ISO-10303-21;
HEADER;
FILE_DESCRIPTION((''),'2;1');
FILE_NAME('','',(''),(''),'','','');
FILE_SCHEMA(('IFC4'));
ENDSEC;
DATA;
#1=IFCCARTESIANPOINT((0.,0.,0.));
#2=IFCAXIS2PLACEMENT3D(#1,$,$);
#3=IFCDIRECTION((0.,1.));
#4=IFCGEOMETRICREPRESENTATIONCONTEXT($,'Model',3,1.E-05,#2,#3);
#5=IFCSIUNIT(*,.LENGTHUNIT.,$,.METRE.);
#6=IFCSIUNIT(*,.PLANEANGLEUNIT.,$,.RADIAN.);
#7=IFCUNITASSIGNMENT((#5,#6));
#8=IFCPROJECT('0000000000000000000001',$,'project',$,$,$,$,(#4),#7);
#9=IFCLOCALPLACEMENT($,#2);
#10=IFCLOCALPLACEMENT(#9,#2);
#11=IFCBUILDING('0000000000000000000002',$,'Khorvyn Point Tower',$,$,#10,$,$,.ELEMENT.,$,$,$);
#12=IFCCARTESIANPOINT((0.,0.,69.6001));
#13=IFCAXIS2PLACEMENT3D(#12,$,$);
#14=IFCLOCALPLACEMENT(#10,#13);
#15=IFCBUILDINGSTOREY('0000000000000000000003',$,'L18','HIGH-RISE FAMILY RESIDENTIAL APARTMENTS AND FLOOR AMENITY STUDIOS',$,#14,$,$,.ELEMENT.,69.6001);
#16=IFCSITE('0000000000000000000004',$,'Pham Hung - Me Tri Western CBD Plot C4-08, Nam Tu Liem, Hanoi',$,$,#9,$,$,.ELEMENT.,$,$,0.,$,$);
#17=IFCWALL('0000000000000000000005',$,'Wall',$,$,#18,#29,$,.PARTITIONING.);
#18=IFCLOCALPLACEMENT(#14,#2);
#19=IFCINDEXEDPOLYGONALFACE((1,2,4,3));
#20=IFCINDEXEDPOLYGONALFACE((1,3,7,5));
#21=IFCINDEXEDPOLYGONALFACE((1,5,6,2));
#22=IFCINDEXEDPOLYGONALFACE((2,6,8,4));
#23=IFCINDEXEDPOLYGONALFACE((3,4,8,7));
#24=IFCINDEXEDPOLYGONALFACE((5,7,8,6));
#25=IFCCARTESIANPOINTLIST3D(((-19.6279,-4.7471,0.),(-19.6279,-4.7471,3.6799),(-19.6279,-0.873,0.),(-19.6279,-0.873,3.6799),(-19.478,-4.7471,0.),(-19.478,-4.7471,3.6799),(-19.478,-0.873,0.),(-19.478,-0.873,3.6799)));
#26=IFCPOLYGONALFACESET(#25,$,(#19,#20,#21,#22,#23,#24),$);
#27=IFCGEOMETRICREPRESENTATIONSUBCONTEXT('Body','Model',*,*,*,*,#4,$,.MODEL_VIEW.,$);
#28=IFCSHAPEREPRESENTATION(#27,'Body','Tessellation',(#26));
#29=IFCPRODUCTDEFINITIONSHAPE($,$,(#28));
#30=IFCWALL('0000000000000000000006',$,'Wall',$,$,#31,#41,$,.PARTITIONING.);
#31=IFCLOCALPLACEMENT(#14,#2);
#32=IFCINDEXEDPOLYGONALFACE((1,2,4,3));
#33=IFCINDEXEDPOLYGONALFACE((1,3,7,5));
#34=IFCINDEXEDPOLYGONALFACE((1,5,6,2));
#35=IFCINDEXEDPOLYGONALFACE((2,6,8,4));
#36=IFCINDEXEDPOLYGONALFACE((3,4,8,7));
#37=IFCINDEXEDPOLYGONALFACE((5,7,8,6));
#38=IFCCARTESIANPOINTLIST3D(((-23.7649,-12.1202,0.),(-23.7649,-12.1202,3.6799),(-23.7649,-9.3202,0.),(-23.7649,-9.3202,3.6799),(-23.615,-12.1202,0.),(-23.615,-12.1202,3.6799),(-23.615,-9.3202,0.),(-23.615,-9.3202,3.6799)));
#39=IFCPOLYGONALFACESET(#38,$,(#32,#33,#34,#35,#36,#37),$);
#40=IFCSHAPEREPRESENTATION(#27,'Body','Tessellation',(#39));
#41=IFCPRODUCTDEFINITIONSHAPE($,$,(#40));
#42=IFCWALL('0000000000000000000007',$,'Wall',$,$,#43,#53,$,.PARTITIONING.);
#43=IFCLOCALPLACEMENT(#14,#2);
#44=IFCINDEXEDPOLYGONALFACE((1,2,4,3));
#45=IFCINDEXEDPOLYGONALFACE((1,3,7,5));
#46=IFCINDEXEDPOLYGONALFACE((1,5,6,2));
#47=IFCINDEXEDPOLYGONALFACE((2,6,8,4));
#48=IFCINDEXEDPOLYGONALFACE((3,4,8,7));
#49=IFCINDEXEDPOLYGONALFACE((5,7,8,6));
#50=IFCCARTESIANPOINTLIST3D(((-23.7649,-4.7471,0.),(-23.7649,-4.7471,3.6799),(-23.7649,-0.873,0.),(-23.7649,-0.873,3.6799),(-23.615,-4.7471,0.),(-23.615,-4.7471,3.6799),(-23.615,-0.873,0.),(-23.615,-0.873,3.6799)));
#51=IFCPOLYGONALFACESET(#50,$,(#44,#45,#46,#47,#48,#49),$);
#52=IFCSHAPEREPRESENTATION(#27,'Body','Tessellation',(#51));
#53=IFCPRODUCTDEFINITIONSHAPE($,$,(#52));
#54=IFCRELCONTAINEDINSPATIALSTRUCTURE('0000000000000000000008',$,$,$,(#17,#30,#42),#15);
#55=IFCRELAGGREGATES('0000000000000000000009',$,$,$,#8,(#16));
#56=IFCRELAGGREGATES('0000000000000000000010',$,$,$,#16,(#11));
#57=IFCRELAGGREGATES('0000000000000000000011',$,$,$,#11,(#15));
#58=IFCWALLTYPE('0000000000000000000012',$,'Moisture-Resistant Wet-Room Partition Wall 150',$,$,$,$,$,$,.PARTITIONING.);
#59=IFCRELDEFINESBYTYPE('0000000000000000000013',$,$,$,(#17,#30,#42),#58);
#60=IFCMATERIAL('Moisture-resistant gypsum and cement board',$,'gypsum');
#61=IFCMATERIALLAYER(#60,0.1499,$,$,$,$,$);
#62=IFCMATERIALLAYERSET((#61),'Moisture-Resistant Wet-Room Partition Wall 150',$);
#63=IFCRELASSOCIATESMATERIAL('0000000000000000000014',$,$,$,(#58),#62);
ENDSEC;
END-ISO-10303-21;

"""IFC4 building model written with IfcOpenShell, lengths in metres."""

from ifc_helpers import new_model, si_unit, direction, frame, frame_2d, origin, place, context, subcontext, project, spatial, rectangle, extrude, material, layer, layer_set, type_object, element, save


model = new_model("IFC4")

# Units and contexts
model_context = context("Model", 3, precision=1e-05, world=origin(), true_north=direction((0.0, 1.0)))
body_context = subcontext(model_context, "Body", "Model", "MODEL_VIEW")
ifc_project = project(units=[si_unit("LENGTHUNIT", "METRE"), si_unit("PLANEANGLEUNIT", "RADIAN")], contexts=[model_context])

# Site, building, storey
site_placement = place(None, origin())
site = spatial("IfcSite", under=ifc_project, at=site_placement, Name="Pham Hung - Me Tri Western CBD Plot C4-08, Nam Tu Liem, Hanoi", CompositionType="ELEMENT", RefElevation=0.0)
building_placement = place(site_placement, origin())
building = spatial("IfcBuilding", under=site, at=building_placement, Name="Khorvyn Point Tower", CompositionType="ELEMENT")
storey_placement = place(building_placement, frame((0.0, 0.0, 69.6001)))
storey = spatial("IfcBuildingStorey", under=building, at=storey_placement, Name="L18", Description="HIGH-RISE FAMILY RESIDENTIAL APARTMENTS AND FLOOR AMENITY STUDIOS", CompositionType="ELEMENT", Elevation=69.6001)

# Shared definitions
ifc_material_1 = material(Name="Moisture-resistant gypsum and cement board", Category="gypsum")
ifc_layer_1 = layer(ifc_material_1, 0.1499)
ifc_layer_set_1 = layer_set([ifc_layer_1], Name="Moisture-Resistant Wet-Room Partition Wall 150")
wall_type_1 = type_object("IfcWallType", Name="Moisture-Resistant Wet-Room Partition Wall 150", PredefinedType="PARTITIONING", material=ifc_layer_set_1)

# Walls
wall_1_placement = place(storey_placement, frame((-19.553, -4.7471, 0.0), z_axis=(0.0, 0.0, 1.0), x_axis=(0.0, 1.0, 0.0)))
element("IfcWall", 1, at=wall_1_placement, inside=storey, type_object=wall_type_1, Name="Wall", PredefinedType="PARTITIONING", context=body_context, shape_type="SweptSolid", body=[
    extrude(rectangle(XDim=3.874, YDim=0.1499, at=frame_2d((1.937, 0.0))), origin(), (0.0, 0.0, 1.0), 3.6799),
])
wall_2_placement = place(storey_placement, frame((-23.6899, -12.1201, 0.0), z_axis=(0.0, 0.0, 1.0), x_axis=(0.0, 1.0, 0.0)))
element("IfcWall", 2, at=wall_2_placement, inside=storey, type_object=wall_type_1, Name="Wall", PredefinedType="PARTITIONING", context=body_context, shape_type="SweptSolid", body=[
    extrude(rectangle(XDim=2.8, YDim=0.1499, at=frame_2d((1.3999, 0.0))), origin(), (0.0, 0.0, 1.0), 3.6799),
])
wall_3_placement = place(storey_placement, frame((-23.6899, -4.7471, 0.0), z_axis=(0.0, 0.0, 1.0), x_axis=(0.0, 1.0, 0.0)))
element("IfcWall", 3, at=wall_3_placement, inside=storey, type_object=wall_type_1, Name="Wall", PredefinedType="PARTITIONING", context=body_context, shape_type="SweptSolid", body=[
    extrude(rectangle(XDim=3.874, YDim=0.1499, at=frame_2d((1.937, 0.0))), origin(), (0.0, 0.0, 1.0), 3.6799),
])

save(model, "model.ifc")
